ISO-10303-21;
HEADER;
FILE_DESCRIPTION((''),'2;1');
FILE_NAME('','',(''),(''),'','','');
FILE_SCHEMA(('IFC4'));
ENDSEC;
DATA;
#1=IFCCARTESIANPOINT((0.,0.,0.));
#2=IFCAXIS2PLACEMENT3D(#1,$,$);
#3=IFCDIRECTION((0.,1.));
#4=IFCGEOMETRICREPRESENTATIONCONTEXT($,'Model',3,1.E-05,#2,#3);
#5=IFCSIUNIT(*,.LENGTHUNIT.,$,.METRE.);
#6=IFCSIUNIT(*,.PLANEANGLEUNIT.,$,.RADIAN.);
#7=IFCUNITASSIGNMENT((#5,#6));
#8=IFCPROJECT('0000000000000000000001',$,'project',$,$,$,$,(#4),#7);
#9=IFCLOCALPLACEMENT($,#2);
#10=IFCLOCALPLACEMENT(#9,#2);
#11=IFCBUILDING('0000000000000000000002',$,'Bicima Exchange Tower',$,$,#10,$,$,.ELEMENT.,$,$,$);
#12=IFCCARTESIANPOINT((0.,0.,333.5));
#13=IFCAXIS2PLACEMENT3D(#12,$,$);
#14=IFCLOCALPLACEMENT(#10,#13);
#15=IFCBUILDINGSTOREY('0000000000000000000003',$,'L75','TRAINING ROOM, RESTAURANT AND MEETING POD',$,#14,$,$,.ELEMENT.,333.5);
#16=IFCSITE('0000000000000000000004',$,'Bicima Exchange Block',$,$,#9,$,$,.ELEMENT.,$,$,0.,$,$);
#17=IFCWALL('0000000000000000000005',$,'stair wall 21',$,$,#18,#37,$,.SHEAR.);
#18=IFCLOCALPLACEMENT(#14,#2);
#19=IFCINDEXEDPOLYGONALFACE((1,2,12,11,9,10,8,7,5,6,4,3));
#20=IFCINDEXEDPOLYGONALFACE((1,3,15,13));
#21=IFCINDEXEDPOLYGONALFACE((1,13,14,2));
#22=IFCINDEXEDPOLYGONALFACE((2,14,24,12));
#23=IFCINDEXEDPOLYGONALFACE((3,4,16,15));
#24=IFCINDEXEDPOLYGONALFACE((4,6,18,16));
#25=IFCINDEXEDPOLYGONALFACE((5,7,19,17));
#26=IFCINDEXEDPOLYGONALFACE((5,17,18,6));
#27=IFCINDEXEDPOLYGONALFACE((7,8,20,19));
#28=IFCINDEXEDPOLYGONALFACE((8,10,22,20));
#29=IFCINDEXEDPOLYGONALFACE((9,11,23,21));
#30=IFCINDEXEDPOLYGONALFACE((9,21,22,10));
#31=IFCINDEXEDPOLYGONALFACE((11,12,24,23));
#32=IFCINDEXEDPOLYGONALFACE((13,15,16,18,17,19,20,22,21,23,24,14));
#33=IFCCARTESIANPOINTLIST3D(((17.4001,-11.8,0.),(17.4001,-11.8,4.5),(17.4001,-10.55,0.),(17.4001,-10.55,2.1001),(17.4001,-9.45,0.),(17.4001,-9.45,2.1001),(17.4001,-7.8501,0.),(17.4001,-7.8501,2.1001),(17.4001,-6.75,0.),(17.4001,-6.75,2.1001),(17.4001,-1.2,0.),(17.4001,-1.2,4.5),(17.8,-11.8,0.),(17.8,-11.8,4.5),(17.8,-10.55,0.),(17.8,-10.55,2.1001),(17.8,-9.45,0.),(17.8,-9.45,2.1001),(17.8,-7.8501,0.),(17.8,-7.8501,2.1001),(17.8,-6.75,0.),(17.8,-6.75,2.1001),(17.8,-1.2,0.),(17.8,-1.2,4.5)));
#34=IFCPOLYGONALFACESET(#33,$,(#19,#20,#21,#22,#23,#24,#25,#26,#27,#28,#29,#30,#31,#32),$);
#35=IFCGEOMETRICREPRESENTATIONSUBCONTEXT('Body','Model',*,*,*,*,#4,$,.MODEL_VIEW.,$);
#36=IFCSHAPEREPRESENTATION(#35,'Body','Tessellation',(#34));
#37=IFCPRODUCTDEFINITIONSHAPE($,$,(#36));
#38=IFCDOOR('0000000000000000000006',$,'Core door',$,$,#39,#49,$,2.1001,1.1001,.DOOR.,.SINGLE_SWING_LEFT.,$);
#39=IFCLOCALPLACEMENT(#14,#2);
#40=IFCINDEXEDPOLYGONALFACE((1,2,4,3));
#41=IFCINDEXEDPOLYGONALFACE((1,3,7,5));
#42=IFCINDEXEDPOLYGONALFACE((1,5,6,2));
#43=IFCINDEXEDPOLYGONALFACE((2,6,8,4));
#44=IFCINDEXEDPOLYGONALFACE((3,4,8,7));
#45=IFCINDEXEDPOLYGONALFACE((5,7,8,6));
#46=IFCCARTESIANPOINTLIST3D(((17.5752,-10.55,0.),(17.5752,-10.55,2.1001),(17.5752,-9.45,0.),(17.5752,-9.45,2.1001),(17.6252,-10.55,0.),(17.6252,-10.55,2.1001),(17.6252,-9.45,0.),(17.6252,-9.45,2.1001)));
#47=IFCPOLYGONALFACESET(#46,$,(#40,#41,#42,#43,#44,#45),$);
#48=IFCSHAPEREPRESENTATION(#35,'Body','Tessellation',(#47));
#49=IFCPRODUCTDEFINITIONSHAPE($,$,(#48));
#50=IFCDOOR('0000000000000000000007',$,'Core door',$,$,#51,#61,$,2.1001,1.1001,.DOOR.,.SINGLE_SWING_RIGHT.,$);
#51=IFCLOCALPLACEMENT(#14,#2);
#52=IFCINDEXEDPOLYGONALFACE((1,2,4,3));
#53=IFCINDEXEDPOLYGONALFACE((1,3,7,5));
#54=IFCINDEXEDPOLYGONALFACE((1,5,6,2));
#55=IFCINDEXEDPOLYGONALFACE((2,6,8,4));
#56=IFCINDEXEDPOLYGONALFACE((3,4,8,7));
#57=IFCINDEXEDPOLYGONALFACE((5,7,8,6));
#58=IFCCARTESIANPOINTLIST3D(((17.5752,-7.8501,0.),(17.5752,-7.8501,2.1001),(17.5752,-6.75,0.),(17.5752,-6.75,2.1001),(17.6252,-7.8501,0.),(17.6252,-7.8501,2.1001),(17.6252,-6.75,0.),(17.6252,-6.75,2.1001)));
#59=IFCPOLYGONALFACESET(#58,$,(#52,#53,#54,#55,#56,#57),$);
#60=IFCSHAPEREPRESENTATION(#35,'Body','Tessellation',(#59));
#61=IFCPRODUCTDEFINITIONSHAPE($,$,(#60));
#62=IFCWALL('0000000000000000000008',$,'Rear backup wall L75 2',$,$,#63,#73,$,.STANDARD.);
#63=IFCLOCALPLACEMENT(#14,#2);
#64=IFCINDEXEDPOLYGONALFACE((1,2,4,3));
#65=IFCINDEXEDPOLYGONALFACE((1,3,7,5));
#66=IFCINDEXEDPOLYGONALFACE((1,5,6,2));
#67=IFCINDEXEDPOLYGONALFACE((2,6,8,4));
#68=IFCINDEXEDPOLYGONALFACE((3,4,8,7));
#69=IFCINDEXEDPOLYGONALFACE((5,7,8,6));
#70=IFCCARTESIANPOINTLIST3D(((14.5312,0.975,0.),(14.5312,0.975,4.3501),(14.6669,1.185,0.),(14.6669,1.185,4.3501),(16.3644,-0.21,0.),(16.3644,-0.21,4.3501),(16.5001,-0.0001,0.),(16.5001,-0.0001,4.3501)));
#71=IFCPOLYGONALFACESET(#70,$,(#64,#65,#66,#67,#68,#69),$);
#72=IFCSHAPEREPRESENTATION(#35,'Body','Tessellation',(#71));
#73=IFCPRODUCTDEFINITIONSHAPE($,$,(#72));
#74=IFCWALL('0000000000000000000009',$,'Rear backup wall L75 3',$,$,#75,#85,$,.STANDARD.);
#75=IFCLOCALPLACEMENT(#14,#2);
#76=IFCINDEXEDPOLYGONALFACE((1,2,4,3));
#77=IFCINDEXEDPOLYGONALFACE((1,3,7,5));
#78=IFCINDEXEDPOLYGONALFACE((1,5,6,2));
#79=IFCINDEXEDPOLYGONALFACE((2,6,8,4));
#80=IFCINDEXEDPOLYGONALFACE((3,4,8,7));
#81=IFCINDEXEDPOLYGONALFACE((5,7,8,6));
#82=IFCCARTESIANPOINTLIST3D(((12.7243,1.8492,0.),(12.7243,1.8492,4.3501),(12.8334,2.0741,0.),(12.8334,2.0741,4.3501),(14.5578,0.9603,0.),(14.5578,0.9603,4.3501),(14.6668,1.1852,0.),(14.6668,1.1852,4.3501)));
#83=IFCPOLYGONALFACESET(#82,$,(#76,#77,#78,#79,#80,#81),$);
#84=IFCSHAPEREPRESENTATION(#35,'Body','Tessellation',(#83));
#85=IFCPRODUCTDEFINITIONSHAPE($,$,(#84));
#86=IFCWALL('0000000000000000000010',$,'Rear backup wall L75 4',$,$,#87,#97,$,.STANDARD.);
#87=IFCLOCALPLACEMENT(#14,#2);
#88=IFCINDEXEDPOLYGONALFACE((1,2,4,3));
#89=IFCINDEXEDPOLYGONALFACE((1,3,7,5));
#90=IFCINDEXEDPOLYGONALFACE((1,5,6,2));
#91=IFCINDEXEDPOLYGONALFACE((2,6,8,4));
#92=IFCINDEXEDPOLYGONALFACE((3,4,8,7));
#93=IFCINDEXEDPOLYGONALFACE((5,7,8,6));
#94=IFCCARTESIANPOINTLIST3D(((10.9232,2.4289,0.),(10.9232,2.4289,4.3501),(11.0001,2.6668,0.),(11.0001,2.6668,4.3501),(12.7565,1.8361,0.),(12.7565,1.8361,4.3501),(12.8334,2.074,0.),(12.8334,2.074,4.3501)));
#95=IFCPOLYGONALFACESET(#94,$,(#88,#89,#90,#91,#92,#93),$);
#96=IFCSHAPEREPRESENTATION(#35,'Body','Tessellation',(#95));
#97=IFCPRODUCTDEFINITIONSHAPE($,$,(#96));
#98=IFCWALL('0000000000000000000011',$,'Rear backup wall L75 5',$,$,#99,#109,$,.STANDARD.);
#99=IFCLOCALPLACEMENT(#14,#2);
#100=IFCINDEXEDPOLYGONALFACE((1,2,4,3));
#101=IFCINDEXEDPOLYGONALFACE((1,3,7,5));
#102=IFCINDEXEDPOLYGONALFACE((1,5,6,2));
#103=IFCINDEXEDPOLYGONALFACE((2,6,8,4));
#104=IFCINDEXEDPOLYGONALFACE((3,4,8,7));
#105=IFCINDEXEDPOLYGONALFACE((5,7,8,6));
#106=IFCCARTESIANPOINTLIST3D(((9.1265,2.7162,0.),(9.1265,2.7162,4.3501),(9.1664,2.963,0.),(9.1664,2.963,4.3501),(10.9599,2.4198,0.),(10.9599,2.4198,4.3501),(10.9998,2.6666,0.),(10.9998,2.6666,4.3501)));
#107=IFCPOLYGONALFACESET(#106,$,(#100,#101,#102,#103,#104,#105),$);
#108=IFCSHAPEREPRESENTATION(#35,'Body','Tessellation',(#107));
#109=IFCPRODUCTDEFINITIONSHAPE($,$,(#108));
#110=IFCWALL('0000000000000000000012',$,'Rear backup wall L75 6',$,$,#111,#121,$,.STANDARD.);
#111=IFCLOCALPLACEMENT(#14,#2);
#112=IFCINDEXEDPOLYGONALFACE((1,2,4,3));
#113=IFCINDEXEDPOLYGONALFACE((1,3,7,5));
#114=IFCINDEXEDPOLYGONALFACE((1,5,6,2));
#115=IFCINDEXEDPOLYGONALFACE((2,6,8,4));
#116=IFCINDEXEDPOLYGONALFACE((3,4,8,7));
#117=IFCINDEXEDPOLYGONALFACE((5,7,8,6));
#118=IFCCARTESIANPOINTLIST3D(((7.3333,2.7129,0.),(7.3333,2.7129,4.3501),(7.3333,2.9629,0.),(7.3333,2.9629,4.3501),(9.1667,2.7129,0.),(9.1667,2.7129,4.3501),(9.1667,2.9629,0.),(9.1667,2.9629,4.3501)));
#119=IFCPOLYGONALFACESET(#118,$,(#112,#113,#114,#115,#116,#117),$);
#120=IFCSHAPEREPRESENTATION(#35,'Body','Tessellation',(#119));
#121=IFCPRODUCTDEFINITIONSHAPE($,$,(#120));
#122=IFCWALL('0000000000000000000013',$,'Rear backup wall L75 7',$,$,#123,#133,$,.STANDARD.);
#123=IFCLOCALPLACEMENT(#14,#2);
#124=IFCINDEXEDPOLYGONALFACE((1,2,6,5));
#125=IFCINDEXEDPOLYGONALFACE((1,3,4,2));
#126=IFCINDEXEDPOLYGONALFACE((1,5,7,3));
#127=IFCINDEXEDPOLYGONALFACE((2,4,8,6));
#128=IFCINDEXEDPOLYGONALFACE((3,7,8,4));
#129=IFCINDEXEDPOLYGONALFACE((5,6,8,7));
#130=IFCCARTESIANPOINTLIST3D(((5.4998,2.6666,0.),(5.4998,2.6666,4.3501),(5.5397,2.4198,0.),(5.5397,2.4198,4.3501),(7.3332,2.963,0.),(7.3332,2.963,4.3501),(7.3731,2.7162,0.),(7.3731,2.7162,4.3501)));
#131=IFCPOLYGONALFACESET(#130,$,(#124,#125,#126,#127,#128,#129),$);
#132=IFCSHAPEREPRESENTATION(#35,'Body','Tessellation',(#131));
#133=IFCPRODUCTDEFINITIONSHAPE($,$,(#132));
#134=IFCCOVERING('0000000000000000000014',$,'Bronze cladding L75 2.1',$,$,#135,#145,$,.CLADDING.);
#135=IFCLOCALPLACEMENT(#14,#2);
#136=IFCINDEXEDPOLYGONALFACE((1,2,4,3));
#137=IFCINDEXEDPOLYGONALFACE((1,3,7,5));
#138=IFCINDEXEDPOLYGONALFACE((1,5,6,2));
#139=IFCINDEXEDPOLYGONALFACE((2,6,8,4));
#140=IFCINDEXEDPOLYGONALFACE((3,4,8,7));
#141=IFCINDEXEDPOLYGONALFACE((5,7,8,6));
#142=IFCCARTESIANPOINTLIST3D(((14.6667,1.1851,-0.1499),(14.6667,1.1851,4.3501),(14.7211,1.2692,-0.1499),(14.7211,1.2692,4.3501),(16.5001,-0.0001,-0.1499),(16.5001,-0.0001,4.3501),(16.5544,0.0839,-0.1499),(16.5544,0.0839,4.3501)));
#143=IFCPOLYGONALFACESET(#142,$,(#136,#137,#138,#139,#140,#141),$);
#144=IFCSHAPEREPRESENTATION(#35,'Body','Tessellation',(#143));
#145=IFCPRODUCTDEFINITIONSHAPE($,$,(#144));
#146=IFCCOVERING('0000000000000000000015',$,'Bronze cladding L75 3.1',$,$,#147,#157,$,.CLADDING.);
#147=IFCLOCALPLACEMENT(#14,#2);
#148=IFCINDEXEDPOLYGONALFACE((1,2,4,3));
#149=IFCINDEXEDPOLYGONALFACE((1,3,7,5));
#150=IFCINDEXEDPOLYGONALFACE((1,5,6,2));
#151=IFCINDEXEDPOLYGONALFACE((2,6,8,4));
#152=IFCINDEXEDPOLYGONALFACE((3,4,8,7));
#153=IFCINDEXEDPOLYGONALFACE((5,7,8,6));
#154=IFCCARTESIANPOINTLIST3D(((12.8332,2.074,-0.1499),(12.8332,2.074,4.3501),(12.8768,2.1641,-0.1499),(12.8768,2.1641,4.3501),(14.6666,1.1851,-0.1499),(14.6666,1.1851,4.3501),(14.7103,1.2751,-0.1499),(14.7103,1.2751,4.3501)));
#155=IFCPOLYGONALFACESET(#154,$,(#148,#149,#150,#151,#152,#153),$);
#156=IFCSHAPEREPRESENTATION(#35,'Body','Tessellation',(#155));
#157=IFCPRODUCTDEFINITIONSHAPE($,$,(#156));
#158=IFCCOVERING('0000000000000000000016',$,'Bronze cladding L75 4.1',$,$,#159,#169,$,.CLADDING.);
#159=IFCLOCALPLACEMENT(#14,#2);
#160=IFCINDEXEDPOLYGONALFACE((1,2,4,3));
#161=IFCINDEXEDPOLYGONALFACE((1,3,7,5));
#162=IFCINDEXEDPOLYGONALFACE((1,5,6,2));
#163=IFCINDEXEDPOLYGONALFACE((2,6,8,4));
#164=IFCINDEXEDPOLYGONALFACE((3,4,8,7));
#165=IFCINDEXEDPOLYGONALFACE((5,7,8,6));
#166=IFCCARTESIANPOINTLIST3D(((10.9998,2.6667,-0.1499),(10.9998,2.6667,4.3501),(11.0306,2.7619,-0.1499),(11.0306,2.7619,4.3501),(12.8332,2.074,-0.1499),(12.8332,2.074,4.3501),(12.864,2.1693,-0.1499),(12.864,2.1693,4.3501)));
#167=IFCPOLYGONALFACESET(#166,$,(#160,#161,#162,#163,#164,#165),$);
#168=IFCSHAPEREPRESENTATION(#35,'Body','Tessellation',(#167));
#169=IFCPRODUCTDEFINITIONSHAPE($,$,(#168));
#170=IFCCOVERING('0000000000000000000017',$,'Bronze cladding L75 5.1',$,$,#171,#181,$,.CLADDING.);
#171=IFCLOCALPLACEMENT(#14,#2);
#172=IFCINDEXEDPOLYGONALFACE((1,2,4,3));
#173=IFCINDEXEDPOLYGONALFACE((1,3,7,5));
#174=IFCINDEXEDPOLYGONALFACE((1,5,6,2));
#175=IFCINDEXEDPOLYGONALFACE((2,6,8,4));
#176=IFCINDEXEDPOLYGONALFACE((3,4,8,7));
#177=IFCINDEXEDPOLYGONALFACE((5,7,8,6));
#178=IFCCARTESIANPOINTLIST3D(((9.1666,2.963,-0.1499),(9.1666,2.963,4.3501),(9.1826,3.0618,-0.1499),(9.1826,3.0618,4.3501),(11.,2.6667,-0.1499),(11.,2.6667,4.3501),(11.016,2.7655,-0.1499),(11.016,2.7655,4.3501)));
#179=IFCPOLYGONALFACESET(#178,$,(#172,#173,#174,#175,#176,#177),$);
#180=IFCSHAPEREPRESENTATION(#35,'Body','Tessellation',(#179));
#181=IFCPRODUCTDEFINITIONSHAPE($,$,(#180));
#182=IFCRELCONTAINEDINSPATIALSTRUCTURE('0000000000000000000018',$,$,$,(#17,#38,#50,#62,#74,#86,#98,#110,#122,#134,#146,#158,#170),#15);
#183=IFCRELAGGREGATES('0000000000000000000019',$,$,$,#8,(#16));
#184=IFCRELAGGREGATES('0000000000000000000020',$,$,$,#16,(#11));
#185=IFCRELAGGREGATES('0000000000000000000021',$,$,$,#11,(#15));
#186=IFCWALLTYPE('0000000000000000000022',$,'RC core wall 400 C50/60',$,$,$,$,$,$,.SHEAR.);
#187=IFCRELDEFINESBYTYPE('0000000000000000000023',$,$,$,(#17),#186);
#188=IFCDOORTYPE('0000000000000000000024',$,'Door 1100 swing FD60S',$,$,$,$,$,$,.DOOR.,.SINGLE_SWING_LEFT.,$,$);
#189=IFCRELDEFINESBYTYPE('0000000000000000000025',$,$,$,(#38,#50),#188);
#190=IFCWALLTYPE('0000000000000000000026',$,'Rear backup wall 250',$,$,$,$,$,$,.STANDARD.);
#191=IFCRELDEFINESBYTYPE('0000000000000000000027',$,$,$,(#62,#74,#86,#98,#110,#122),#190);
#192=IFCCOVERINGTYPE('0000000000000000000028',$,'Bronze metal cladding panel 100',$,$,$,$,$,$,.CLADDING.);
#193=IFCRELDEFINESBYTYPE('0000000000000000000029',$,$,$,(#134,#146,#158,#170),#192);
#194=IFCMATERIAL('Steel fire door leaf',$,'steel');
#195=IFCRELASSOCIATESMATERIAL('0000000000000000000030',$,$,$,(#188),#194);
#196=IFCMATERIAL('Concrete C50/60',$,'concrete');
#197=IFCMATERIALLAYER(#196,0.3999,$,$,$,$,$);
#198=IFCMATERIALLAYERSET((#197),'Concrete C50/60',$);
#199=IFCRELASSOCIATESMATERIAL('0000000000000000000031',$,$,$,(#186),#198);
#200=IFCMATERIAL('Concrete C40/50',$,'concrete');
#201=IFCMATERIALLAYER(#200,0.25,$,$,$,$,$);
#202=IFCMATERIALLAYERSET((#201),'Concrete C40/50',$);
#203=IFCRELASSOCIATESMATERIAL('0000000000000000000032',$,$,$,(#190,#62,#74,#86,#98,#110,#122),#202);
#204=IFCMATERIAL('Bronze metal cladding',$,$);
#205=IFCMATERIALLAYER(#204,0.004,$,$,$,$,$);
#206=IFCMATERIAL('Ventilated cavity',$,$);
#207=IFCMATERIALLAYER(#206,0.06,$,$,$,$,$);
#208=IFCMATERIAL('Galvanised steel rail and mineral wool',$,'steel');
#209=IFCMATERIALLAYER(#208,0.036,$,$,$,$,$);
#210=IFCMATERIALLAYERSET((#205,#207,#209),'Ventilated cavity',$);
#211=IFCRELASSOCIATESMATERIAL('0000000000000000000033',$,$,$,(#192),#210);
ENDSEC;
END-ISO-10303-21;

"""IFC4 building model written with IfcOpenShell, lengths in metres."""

from ifc_helpers import new_model, si_unit, direction, frame, frame_2d, origin, origin_2d, place, context, subcontext, project, spatial, rectangle, extrude, material, layer, layer_set, layer_usage, type_object, element, fill, save


model = new_model("IFC4")

# Units and contexts
model_context = context("Model", 3, precision=1e-05, world=origin(), true_north=direction((0.0, 1.0)))
body_context = subcontext(model_context, "Body", "Model", "MODEL_VIEW")
ifc_project = project(units=[si_unit("LENGTHUNIT", "METRE"), si_unit("PLANEANGLEUNIT", "RADIAN")], contexts=[model_context])

# Site, building, storey
site_placement = place(None, origin())
site = spatial("IfcSite", under=ifc_project, at=site_placement, Name="Bicima Exchange Block", CompositionType="ELEMENT", RefElevation=0.0)
building_placement = place(site_placement, origin())
building = spatial("IfcBuilding", under=site, at=building_placement, Name="Bicima Exchange Tower", CompositionType="ELEMENT")
storey_placement = place(building_placement, frame((0.0, 0.0, 333.5)))
storey = spatial("IfcBuildingStorey", under=building, at=storey_placement, Name="L75", Description="TRAINING ROOM, RESTAURANT AND MEETING POD", CompositionType="ELEMENT", Elevation=333.5)

# Shared definitions
ifc_material_1 = material(Name="Concrete C40/50", Category="concrete")

# Shared definitions
ifc_material_2 = material(Name="Steel fire door leaf", Category="steel")
door_type = type_object("IfcDoorType", Name="Door 1100 swing FD60S", OperationType="SINGLE_SWING_LEFT", PredefinedType="DOOR", material=ifc_material_2)

# Wall, openings, doors
ifc_material_3 = material(Name="Concrete C50/60", Category="concrete")
ifc_layer_1 = layer(ifc_material_3, 0.3999)
ifc_layer_set_1 = layer_set([ifc_layer_1], Name="Concrete C50/60")
wall_type_1 = type_object("IfcWallType", Name="RC core wall 400 C50/60", PredefinedType="SHEAR", material=ifc_layer_set_1)
wall_1_placement = place(storey_placement, frame((17.6001, -11.8, 0.0), z_axis=(0.0, 0.0, 1.0), x_axis=(0.0, 1.0, 0.0)))
wall_1 = element("IfcWall", 1, at=wall_1_placement, inside=storey, type_object=wall_type_1, Name="stair wall 21", PredefinedType="SHEAR", context=body_context, shape_type="SweptSolid", body=[
    extrude(rectangle(XDim=10.6001, YDim=0.3999, at=frame_2d((5.3, 0.0))), origin(), (0.0, 0.0, 1.0), 4.5),
])
opening_1_placement = place(wall_1_placement, frame((1.25, 0.0, 0.0)))
opening_1 = element("IfcOpeningElement", 2, at=opening_1_placement, cuts=wall_1, PredefinedType="OPENING", context=body_context, shape_type="SweptSolid", body=[
    extrude(rectangle(XDim=1.1001, YDim=2.1001, at=frame_2d((0.55, 1.05))), frame((0.0, 0.2119, 0.0), z_axis=(0.0, -1.0, 0.0), x_axis=(1.0, 0.0, 0.0)), (0.0, 0.0, 1.0), 0.4238),
])
opening_2_placement = place(wall_1_placement, frame((3.95, 0.0, 0.0)))
opening_2 = element("IfcOpeningElement", 3, at=opening_2_placement, cuts=wall_1, PredefinedType="OPENING", context=body_context, shape_type="SweptSolid", body=[
    extrude(rectangle(XDim=1.1001, YDim=2.1001, at=frame_2d((0.55, 1.05))), frame((0.0, 0.2119, 0.0), z_axis=(0.0, -1.0, 0.0), x_axis=(1.0, 0.0, 0.0)), (0.0, 0.0, 1.0), 0.4238),
])
door_1_placement = place(opening_1_placement, origin())
door_1 = element("IfcDoor", 4, at=door_1_placement, inside=storey, type_object=door_type, Name="Core door", OperationType="SINGLE_SWING_LEFT", OverallHeight=2.1001, OverallWidth=1.1001, PredefinedType="DOOR", context=body_context, shape_type="SweptSolid", body=[
    extrude(rectangle(XDim=1.1001, YDim=2.1001, at=frame_2d((0.55, 1.05))), frame((0.0, 0.0249, 0.0), z_axis=(0.0, -1.0, 0.0), x_axis=(1.0, 0.0, 0.0)), (0.0, 0.0, 1.0), 0.05),
])
fill(opening_1, door_1)
door_2_placement = place(opening_2_placement, origin())
door_2 = element("IfcDoor", 5, at=door_2_placement, inside=storey, type_object=door_type, Name="Core door", OperationType="SINGLE_SWING_RIGHT", OverallHeight=2.1001, OverallWidth=1.1001, PredefinedType="DOOR", context=body_context, shape_type="SweptSolid", body=[
    extrude(rectangle(XDim=1.1001, YDim=2.1001, at=frame_2d((0.55, 1.05))), frame((0.0, 0.0249, 0.0), z_axis=(0.0, -1.0, 0.0), x_axis=(1.0, 0.0, 0.0)), (0.0, 0.0, 1.0), 0.05),
])
fill(opening_2, door_2)

# Walls
ifc_layer_2 = layer(ifc_material_1, 0.25)
ifc_layer_set_2 = layer_set([ifc_layer_2], Name="Concrete C40/50")
ifc_layer_usage = layer_usage(ifc_layer_set_2, "AXIS2", "POSITIVE", -0.125)
wall_type_2 = type_object("IfcWallType", Name="Rear backup wall 250", PredefinedType="STANDARD", material=ifc_layer_set_2)
wall_2_placement = place(storey_placement, frame((16.4321, -0.105, 0.0), z_axis=(0.0, 0.0, 1.0), x_axis=(-0.839813, 0.542876, 0.0)))
element("IfcWall", 6, at=wall_2_placement, inside=storey, type_object=wall_type_2, material=ifc_layer_usage, Name="Rear backup wall L75 2", PredefinedType="STANDARD", context=body_context, shape_type="SweptSolid", body=[
    extrude(rectangle(XDim=2.1829, YDim=0.25, at=frame_2d((1.0913, 0.0))), origin(), (0.0, 0.0, 1.0), 4.3501),
])
wall_3_placement = place(storey_placement, frame((14.6123, 1.0728, 0.0), z_axis=(0.0, 0.0, 1.0), x_axis=(-0.899824, 0.436253, 0.0)))
element("IfcWall", 7, at=wall_3_placement, inside=storey, type_object=wall_type_2, material=ifc_layer_usage, Name="Rear backup wall L75 3", PredefinedType="STANDARD", context=body_context, shape_type="SweptSolid", body=[
    extrude(rectangle(XDim=2.0376, YDim=0.25, at=frame_2d((1.0188, 0.0))), origin(), (0.0, 0.0, 1.0), 4.3501),
])
wall_4_placement = place(storey_placement, frame((12.7949, 1.9551, 0.0), z_axis=(0.0, 0.0, 1.0), x_axis=(-0.951496, 0.307662, 0.0)))
element("IfcWall", 8, at=wall_4_placement, inside=storey, type_object=wall_type_2, material=ifc_layer_usage, Name="Rear backup wall L75 4", PredefinedType="STANDARD", context=body_context, shape_type="SweptSolid", body=[
    extrude(rectangle(XDim=1.9268, YDim=0.25, at=frame_2d((0.9634, 0.0))), origin(), (0.0, 0.0, 1.0), 4.3501),
])
wall_5_placement = place(storey_placement, frame((10.98, 2.5432, 0.0), z_axis=(0.0, 0.0, 1.0), x_axis=(-0.987182, 0.1596, 0.0)))
element("IfcWall", 9, at=wall_5_placement, inside=storey, type_object=wall_type_2, material=ifc_layer_usage, Name="Rear backup wall L75 5", PredefinedType="STANDARD", context=body_context, shape_type="SweptSolid", body=[
    extrude(rectangle(XDim=1.8572, YDim=0.25, at=frame_2d((0.9287, 0.0))), origin(), (0.0, 0.0, 1.0), 4.3501),
])
wall_6_placement = place(storey_placement, frame((9.1667, 2.8379, 0.0), z_axis=(0.0, 0.0, 1.0), x_axis=(-1.0, 0.0, 0.0)))
element("IfcWall", 10, at=wall_6_placement, inside=storey, type_object=wall_type_2, material=ifc_layer_usage, Name="Rear backup wall L75 6", PredefinedType="STANDARD", context=body_context, shape_type="SweptSolid", body=[
    extrude(rectangle(XDim=1.8335, YDim=0.25, at=frame_2d((0.9167, 0.0))), origin(), (0.0, 0.0, 1.0), 4.3501),
])
wall_7_placement = place(storey_placement, frame((7.3533, 2.8396, 0.0), z_axis=(0.0, 0.0, 1.0), x_axis=(-0.987182, -0.1596, 0.0)))
element("IfcWall", 11, at=wall_7_placement, inside=storey, type_object=wall_type_2, material=ifc_layer_usage, Name="Rear backup wall L75 7", PredefinedType="STANDARD", context=body_context, shape_type="SweptSolid", body=[
    extrude(rectangle(XDim=1.8572, YDim=0.25, at=frame_2d((0.9287, 0.0))), origin(), (0.0, 0.0, 1.0), 4.3501),
])

# Coverings
ifc_material_4 = material(Name="Bronze metal cladding")
ifc_layer_3 = layer(ifc_material_4, 0.004)
ifc_material_5 = material(Name="Ventilated cavity")
ifc_layer_4 = layer(ifc_material_5, 0.06)
ifc_material_6 = material(Name="Galvanised steel rail and mineral wool", Category="steel")
ifc_layer_5 = layer(ifc_material_6, 0.036)
ifc_layer_set_3 = layer_set([ifc_layer_3, ifc_layer_4, ifc_layer_5], Name="Ventilated cavity")
covering_type = type_object("IfcCoveringType", Name="Bronze metal cladding panel 100", PredefinedType="CLADDING", material=ifc_layer_set_3)
covering_1_placement = place(storey_placement, frame((15.6106, 0.6345, -0.1499), z_axis=(0.0, 0.0, 1.0), x_axis=(-0.83979, 0.542911, 0.0)))
element("IfcCovering", 12, at=covering_1_placement, inside=storey, type_object=covering_type, Name="Bronze cladding L75 2.1", PredefinedType="CLADDING", context=body_context, shape_type="SweptSolid", body=[
    extrude(rectangle(XDim=2.1831, YDim=0.1001, at=origin_2d()), origin(), (0.0, 0.0, 1.0), 4.5),
])
covering_2_placement = place(storey_placement, frame((13.7717, 1.6746, -0.1499), z_axis=(0.0, 0.0, 1.0), x_axis=(-0.899818, 0.436265, 0.0)))
element("IfcCovering", 13, at=covering_2_placement, inside=storey, type_object=covering_type, Name="Bronze cladding L75 3.1", PredefinedType="CLADDING", context=body_context, shape_type="SweptSolid", body=[
    extrude(rectangle(XDim=2.0376, YDim=0.1001, at=origin_2d()), origin(), (0.0, 0.0, 1.0), 4.5),
])
covering_3_placement = place(storey_placement, frame((11.9319, 2.418, -0.1499), z_axis=(0.0, 0.0, 1.0), x_axis=(-0.951525, 0.307573, 0.0)))
element("IfcCovering", 14, at=covering_3_placement, inside=storey, type_object=covering_type, Name="Bronze cladding L75 4.1", PredefinedType="CLADDING", context=body_context, shape_type="SweptSolid", body=[
    extrude(rectangle(XDim=1.9268, YDim=0.1001, at=origin_2d()), origin(), (0.0, 0.0, 1.0), 4.5),
])
covering_4_placement = place(storey_placement, frame((10.0913, 2.8643, -0.1499), z_axis=(0.0, 0.0, 1.0), x_axis=(-0.98719, 0.15955, 0.0)))
element("IfcCovering", 15, at=covering_4_placement, inside=storey, type_object=covering_type, Name="Bronze cladding L75 5.1", PredefinedType="CLADDING", context=body_context, shape_type="SweptSolid", body=[
    extrude(rectangle(XDim=1.8572, YDim=0.1001, at=origin_2d()), origin(), (0.0, 0.0, 1.0), 4.5),
])

save(model, "model.ifc")
